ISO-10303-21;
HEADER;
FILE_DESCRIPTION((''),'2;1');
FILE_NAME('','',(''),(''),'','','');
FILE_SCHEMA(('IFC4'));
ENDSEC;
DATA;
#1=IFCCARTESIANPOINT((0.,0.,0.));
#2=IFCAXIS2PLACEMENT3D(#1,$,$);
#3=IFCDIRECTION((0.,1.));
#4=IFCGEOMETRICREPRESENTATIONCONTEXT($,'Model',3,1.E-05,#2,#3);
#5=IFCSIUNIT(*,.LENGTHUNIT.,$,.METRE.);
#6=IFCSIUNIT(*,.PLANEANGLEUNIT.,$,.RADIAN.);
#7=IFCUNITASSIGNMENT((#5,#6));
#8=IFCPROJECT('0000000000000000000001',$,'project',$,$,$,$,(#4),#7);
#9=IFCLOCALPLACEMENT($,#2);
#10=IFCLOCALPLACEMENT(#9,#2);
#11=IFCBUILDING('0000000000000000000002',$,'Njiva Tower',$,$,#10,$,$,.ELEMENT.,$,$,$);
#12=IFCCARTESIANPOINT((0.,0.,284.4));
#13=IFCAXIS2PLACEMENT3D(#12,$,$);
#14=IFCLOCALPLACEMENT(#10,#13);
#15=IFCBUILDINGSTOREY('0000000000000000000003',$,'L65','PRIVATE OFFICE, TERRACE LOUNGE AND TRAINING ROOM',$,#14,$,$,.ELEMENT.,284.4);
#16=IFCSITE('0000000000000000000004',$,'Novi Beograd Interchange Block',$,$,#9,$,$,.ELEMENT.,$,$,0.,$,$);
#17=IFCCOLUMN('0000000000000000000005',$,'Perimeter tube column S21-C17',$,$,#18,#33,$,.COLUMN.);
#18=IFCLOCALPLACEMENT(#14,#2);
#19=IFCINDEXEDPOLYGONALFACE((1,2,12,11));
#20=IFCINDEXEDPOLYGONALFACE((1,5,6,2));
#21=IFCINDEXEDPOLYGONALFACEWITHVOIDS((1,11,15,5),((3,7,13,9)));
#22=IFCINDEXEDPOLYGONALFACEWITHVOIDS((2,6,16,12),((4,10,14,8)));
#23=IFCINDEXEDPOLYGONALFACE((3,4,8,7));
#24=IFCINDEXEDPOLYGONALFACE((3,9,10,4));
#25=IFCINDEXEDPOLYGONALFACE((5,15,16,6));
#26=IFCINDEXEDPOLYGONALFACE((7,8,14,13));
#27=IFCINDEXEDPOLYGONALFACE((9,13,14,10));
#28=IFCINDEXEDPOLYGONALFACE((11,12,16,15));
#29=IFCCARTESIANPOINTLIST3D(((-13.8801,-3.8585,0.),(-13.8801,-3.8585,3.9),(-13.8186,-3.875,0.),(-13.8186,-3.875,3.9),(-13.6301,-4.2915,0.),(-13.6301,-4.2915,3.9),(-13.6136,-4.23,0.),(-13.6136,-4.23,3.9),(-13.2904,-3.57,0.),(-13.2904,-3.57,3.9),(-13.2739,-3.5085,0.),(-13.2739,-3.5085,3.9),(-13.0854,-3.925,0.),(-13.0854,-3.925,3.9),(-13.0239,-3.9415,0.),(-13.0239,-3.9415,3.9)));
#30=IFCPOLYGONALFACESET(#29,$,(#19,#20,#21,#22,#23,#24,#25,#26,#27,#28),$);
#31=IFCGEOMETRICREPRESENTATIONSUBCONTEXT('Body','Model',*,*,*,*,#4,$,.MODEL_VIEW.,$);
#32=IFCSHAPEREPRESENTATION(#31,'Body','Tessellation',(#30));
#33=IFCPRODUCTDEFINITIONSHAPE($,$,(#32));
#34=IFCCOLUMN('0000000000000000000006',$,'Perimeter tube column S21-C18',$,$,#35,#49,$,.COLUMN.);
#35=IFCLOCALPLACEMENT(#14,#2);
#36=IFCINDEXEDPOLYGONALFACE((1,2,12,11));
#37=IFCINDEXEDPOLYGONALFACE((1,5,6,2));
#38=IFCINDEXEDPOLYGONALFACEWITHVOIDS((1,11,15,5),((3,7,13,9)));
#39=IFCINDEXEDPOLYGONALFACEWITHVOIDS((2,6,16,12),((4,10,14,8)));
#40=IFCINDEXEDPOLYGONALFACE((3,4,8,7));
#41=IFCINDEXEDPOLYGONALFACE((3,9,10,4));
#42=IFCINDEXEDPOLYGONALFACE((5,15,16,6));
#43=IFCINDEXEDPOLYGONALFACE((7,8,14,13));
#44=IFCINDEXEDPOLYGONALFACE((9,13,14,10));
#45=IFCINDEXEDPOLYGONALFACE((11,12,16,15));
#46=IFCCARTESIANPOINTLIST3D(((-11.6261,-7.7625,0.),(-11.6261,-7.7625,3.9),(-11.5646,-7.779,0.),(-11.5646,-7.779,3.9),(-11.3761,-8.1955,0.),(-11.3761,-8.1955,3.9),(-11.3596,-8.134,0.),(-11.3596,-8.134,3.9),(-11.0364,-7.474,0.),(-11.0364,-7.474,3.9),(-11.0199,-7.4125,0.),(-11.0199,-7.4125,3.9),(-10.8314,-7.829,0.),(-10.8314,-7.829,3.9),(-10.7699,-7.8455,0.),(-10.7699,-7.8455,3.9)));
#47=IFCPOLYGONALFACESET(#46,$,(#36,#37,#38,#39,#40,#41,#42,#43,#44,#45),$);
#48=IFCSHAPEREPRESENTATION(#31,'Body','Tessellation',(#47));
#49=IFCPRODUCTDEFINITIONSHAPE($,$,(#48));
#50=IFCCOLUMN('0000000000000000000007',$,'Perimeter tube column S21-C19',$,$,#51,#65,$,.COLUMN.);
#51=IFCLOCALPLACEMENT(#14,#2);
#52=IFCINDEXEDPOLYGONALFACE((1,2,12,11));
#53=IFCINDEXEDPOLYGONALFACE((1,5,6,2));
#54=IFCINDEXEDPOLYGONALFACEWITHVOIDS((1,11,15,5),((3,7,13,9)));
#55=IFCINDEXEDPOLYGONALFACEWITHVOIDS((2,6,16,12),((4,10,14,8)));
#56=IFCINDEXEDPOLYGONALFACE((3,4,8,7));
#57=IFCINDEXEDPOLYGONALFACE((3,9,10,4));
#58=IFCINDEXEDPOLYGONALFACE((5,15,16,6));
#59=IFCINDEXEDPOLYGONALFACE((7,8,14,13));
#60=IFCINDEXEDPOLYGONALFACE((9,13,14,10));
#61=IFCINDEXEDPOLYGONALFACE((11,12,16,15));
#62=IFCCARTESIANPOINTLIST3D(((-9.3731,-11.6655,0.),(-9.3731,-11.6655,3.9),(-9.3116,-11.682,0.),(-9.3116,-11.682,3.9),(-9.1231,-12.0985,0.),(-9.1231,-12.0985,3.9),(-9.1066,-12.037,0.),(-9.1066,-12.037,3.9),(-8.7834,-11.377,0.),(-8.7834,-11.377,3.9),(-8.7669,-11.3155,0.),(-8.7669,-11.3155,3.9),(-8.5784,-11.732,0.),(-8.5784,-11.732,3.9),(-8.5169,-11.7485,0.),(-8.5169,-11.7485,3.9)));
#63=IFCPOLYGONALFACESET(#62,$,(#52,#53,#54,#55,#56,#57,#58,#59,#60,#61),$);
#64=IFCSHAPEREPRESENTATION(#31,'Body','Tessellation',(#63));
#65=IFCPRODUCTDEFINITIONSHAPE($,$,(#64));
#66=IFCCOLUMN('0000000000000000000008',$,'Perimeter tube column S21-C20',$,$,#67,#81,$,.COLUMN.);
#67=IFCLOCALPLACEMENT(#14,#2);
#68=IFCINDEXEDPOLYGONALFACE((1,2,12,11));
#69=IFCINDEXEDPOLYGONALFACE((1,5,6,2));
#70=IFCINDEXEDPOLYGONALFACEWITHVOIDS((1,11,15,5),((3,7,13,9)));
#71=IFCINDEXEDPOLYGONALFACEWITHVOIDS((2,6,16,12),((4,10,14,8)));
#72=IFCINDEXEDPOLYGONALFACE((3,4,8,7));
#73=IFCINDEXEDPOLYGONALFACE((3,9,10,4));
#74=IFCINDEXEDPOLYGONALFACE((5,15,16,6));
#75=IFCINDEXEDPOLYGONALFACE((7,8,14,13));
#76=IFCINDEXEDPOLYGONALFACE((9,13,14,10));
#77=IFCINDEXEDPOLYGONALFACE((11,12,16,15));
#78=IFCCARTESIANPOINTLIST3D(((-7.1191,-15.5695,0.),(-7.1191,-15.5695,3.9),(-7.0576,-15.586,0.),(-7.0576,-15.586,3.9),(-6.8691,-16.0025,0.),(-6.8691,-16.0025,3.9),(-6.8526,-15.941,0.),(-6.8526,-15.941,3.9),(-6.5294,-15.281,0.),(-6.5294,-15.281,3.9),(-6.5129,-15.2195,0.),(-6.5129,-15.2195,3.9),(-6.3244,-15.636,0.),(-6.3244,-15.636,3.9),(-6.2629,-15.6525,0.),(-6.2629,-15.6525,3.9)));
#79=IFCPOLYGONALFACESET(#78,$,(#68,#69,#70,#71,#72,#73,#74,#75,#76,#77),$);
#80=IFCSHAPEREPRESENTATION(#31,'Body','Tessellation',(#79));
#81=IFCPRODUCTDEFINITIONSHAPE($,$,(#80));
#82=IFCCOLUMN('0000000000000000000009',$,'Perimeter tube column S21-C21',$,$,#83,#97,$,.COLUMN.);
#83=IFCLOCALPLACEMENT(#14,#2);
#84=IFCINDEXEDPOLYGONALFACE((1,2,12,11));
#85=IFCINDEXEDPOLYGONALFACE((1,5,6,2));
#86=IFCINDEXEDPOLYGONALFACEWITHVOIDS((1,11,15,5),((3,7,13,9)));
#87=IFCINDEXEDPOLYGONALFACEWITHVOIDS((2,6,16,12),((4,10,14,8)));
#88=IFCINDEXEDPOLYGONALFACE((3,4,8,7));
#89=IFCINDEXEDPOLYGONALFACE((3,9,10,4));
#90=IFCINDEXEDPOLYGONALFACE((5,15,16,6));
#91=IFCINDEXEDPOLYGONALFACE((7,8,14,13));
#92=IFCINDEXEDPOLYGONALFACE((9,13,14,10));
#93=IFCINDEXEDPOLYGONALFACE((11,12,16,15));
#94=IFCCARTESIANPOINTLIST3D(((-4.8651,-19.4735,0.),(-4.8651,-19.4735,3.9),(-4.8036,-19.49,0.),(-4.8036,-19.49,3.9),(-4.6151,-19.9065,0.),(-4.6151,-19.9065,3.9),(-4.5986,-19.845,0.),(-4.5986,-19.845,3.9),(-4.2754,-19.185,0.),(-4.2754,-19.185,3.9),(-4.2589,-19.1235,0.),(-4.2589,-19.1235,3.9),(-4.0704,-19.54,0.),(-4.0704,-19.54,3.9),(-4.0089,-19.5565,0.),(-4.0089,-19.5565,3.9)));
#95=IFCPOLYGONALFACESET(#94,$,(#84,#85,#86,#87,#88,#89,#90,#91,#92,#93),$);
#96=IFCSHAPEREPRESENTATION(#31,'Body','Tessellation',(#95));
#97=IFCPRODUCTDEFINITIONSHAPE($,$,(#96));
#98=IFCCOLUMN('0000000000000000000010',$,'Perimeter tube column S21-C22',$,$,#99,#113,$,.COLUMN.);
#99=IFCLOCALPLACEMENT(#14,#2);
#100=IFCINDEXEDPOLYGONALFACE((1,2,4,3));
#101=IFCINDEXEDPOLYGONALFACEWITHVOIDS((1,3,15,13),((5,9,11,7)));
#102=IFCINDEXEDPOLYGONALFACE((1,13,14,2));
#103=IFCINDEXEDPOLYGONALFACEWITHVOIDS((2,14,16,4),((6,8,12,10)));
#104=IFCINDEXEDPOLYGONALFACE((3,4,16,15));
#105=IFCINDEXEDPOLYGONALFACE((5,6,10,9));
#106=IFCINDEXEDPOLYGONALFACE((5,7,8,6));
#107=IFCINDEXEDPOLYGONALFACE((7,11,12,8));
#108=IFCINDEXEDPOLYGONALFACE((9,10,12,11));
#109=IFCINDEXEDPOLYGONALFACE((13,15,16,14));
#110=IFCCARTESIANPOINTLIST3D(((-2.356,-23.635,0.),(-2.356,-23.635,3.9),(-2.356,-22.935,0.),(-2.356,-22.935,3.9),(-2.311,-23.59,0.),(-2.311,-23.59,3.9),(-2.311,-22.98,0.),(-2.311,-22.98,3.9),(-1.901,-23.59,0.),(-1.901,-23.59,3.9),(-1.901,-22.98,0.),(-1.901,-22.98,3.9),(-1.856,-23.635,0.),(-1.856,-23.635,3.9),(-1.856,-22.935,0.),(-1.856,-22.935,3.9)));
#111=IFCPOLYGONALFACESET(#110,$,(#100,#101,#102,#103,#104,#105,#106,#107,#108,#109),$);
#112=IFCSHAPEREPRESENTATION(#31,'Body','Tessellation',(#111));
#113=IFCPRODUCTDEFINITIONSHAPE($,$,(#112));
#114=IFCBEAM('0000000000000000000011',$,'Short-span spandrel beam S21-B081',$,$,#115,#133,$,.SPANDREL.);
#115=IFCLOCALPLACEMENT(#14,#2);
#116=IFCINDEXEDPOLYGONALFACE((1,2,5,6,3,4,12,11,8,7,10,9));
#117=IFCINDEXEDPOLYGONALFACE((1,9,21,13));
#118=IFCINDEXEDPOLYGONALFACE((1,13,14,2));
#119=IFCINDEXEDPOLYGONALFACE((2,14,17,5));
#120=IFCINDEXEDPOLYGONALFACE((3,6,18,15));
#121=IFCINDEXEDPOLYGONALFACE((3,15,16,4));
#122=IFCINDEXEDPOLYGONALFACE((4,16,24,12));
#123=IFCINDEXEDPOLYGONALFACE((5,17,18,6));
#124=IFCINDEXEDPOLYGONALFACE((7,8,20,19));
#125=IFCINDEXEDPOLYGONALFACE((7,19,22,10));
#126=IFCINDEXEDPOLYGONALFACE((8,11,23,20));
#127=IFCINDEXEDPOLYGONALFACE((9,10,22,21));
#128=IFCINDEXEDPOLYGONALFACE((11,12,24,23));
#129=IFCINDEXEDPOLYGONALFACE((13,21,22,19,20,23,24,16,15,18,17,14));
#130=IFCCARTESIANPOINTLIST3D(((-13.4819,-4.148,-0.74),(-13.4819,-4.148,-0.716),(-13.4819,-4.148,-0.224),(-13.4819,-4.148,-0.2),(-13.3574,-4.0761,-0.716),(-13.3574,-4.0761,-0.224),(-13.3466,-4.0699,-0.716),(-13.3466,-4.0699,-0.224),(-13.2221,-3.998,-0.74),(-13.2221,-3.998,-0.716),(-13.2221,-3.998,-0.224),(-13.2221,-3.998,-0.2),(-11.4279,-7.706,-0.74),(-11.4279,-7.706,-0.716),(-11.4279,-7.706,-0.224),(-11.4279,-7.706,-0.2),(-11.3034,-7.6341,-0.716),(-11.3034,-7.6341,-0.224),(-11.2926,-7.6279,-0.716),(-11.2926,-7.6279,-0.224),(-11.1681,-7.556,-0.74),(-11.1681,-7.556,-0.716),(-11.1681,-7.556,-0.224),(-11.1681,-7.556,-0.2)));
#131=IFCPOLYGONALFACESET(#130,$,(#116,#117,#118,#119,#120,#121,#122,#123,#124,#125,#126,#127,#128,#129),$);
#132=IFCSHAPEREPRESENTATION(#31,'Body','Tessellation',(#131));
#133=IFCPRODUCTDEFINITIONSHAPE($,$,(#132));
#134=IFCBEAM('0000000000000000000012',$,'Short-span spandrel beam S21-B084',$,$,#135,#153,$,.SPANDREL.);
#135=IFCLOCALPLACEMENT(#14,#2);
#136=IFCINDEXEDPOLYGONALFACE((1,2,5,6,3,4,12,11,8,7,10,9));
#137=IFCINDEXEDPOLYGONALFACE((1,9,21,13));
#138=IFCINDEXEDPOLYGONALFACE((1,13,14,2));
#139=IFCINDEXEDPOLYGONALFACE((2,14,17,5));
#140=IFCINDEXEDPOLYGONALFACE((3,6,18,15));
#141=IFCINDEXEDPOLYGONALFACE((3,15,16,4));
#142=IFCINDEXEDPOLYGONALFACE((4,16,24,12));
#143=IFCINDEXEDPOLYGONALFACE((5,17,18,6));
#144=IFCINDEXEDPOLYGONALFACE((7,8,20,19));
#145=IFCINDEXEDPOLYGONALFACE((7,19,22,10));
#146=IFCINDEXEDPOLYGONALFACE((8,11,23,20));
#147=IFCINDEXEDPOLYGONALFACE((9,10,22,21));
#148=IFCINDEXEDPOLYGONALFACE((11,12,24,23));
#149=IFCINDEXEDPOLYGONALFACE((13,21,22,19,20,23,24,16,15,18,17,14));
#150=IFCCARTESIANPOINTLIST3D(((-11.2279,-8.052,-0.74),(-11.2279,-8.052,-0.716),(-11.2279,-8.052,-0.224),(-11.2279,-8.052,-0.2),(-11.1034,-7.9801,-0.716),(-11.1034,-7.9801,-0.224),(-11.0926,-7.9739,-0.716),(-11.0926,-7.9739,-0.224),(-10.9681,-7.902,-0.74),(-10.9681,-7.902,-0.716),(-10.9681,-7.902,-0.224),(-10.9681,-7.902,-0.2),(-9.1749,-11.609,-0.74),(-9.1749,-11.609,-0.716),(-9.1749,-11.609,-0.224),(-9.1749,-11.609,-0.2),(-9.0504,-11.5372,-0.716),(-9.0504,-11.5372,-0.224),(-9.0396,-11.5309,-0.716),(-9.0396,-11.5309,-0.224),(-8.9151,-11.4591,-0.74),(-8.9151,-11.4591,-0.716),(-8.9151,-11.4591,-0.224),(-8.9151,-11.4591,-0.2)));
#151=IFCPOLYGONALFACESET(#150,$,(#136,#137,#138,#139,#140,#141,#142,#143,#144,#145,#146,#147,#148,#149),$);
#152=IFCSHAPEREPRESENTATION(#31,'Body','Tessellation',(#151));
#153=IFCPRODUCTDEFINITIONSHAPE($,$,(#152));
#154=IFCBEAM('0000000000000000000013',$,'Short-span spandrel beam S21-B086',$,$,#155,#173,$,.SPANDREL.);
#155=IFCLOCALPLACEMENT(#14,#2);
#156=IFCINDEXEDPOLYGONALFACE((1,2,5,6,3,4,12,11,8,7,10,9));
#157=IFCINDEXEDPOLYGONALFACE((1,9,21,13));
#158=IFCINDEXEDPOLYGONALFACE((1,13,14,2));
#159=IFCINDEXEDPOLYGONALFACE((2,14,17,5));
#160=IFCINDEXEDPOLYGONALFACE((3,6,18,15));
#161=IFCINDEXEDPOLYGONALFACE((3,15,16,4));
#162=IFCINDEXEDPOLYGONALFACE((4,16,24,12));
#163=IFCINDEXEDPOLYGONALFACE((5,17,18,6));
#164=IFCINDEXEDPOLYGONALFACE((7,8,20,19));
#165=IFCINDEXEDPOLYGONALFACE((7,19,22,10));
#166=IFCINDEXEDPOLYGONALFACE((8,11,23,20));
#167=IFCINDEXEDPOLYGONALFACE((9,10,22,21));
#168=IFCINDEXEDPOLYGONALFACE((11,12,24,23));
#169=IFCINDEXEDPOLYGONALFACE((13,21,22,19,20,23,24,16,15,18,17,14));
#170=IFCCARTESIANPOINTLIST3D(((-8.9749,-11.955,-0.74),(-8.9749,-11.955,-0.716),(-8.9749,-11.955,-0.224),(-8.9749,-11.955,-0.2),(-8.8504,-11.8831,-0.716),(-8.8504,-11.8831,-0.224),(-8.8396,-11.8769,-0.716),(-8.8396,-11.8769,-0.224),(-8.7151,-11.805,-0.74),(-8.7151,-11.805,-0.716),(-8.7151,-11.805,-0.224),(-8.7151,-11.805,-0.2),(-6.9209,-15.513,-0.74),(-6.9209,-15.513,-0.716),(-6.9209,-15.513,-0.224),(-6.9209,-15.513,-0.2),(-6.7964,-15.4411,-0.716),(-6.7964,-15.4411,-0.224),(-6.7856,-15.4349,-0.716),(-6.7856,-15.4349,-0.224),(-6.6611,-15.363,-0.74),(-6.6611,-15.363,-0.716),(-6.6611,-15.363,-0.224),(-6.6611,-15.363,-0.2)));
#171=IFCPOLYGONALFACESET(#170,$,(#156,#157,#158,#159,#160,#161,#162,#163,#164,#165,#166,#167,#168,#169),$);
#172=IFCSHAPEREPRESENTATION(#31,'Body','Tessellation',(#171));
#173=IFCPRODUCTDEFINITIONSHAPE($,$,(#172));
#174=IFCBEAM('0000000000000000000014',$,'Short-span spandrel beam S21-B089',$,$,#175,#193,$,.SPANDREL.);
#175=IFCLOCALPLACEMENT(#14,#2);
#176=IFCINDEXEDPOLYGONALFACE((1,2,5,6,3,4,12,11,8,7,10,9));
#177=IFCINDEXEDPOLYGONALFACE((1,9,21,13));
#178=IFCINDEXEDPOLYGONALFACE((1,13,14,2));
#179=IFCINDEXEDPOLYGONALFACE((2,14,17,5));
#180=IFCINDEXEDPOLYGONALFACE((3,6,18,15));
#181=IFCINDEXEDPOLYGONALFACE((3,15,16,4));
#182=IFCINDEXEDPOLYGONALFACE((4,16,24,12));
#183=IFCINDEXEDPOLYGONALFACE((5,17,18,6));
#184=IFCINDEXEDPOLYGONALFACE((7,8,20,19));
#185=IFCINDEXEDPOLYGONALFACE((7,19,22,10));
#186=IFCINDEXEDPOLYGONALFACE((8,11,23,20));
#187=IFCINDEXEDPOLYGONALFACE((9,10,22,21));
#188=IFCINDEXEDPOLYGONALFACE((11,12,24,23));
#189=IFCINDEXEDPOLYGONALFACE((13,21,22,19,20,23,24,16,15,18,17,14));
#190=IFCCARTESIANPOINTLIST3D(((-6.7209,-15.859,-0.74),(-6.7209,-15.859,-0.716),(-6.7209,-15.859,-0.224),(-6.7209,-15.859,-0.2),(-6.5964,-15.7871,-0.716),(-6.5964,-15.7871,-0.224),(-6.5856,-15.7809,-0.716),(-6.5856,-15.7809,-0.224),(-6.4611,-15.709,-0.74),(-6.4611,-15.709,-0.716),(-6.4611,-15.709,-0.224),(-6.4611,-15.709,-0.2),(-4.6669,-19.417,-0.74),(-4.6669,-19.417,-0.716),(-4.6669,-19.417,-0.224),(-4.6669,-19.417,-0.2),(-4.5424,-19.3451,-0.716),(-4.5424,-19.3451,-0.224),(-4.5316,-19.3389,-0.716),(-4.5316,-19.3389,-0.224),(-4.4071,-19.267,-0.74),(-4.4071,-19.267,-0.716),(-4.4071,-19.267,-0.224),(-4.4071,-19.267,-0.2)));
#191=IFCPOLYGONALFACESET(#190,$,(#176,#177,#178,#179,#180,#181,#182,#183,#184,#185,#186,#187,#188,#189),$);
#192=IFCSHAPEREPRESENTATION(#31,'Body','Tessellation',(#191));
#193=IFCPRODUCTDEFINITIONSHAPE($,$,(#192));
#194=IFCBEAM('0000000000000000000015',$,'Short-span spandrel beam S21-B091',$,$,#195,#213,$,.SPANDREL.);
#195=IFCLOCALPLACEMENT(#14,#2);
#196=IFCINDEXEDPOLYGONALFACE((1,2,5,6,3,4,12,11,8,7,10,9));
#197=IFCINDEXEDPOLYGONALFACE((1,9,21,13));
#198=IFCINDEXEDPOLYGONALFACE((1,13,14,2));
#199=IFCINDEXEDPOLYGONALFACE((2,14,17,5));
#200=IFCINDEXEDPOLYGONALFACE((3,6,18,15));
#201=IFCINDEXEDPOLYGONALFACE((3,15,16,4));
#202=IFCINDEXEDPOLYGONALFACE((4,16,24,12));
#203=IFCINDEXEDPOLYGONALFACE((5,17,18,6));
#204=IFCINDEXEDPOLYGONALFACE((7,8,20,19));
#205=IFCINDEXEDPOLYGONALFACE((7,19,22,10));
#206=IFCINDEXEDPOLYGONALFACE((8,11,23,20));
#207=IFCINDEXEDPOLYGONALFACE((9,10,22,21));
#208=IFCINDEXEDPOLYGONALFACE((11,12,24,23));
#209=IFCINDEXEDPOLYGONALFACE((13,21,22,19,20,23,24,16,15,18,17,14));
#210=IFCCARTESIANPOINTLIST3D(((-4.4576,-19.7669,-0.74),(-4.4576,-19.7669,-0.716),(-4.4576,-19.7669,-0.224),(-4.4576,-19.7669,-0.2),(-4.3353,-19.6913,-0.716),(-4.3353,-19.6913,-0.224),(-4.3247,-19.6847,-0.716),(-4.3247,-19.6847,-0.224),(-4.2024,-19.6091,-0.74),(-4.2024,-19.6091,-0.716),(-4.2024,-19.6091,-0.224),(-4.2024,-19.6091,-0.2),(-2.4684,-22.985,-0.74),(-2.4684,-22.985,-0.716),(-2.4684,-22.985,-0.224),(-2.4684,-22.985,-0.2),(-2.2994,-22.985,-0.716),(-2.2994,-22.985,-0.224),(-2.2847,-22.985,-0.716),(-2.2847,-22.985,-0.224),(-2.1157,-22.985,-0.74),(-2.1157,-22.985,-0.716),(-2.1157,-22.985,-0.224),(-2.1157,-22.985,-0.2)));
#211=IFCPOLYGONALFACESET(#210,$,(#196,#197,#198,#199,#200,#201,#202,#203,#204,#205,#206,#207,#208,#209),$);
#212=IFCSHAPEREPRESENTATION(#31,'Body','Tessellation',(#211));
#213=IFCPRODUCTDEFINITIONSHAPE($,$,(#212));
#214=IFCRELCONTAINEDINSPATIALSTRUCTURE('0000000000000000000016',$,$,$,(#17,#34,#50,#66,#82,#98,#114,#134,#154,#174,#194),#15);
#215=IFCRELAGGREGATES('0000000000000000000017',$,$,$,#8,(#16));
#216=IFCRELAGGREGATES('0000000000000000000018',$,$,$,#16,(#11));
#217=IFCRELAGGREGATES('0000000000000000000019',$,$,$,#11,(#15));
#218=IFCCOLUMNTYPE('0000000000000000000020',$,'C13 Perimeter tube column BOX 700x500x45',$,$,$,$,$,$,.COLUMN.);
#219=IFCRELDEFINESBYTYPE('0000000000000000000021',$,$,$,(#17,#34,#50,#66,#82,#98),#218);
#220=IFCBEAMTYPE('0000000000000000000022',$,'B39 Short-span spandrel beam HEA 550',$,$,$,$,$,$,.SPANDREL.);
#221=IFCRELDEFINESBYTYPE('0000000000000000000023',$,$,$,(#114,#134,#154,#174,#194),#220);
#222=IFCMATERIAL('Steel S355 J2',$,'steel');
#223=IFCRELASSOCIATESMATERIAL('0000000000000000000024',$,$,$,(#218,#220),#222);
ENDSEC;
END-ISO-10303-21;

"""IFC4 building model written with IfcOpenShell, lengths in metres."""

from ifc_helpers import new_model, si_unit, direction, frame, origin, origin_2d, place, context, subcontext, project, spatial, hollow_rectangle, i_section, extrude, clip, halfspace, material, material_profile, profile_set, type_object, element, save


model = new_model("IFC4")

# Units and contexts
model_context = context("Model", 3, precision=1e-05, world=origin(), true_north=direction((0.0, 1.0)))
body_context = subcontext(model_context, "Body", "Model", "MODEL_VIEW")
ifc_project = project(units=[si_unit("LENGTHUNIT", "METRE"), si_unit("PLANEANGLEUNIT", "RADIAN")], contexts=[model_context])

# Site, building, storey
site_placement = place(None, origin())
site = spatial("IfcSite", under=ifc_project, at=site_placement, Name="Novi Beograd Interchange Block", CompositionType="ELEMENT", RefElevation=0.0)
building_placement = place(site_placement, origin())
building = spatial("IfcBuilding", under=site, at=building_placement, Name="Njiva Tower", CompositionType="ELEMENT")
storey_placement = place(building_placement, frame((0.0, 0.0, 284.4)))
storey = spatial("IfcBuildingStorey", under=building, at=storey_placement, Name="L65", Description="PRIVATE OFFICE, TERRACE LOUNGE AND TRAINING ROOM", CompositionType="ELEMENT", Elevation=284.4)

# Columns
ifc_material_1 = material(Name="Steel S355 J2", Category="steel")
ifc_material_profile_1 = material_profile(ifc_material_1, hollow_rectangle(XDim=0.5, YDim=0.7, WallThickness=0.045, at=origin_2d()), Name="BOX 700x500x45")
ifc_profile_set_1 = profile_set([ifc_material_profile_1], Name="Steel S355 J2")
column_type = type_object("IfcColumnType", Name="C13 Perimeter tube column BOX 700x500x45", PredefinedType="COLUMN", material=ifc_profile_set_1)
for number, where, z_axis, x_axis, name in (
    (1, (-13.452, -3.9, 0.0), (0.0, 0.0, 1.0), (0.5, -0.866025, 0.0), "Perimeter tube column S21-C17"),
    (2, (-11.198, -7.804, 0.0), (0.0, 0.0, 1.0), (0.5, -0.866025, 0.0), "Perimeter tube column S21-C18"),
    (3, (-8.945, -11.707, 0.0), (0.0, 0.0, 1.0), (0.5, -0.866025, 0.0), "Perimeter tube column S21-C19"),
    (4, (-6.691, -15.611, 0.0), (0.0, 0.0, 1.0), (0.5, -0.866025, 0.0), "Perimeter tube column S21-C20"),
    (5, (-4.437, -19.515, 0.0), (0.0, 0.0, 1.0), (0.5, -0.866025, 0.0), "Perimeter tube column S21-C21"),
    (6, (-2.106, -23.285, 0.0), (0.0, 0.0, 1.0), (1.0, 0.0, 0.0), "Perimeter tube column S21-C22"),
):
    element("IfcColumn", number, at=place(storey_placement, frame(where, z_axis=z_axis, x_axis=x_axis)), inside=storey, type_object=column_type, Name=name, PredefinedType="COLUMN", context=body_context, shape_type="SweptSolid", body=[
        extrude(hollow_rectangle(XDim=0.5, YDim=0.7, WallThickness=0.045, at=origin_2d()), origin(), (0.0, 0.0, 1.0), 3.9),
    ])

# Beams
ifc_material_profile_2 = material_profile(ifc_material_1, i_section(OverallWidth=0.3, OverallDepth=0.54, WebThickness=0.0125, FlangeThickness=0.024, at=origin_2d()), Name="HEA 550")
ifc_profile_set_2 = profile_set([ifc_material_profile_2], Name="Steel S355 J2")
beam_type_1 = type_object("IfcBeamType", Name="B39 Short-span spandrel beam HEA 550", PredefinedType="SPANDREL", material=ifc_profile_set_2)
beam_1_placement = place(storey_placement, frame((-13.352, -4.073, -0.47), z_axis=(0.499961, -0.866048, 0.0), x_axis=(0.866048, 0.499961, 0.0)))
element("IfcBeam", 7, at=beam_1_placement, inside=storey, type_object=beam_type_1, Name="Short-span spandrel beam S21-B081", PredefinedType="SPANDREL", context=body_context, shape_type="SweptSolid", body=[
    extrude(i_section(OverallWidth=0.3, OverallDepth=0.54, WebThickness=0.0125, FlangeThickness=0.024, at=origin_2d()), origin(), (0.0, 0.0, 1.0), 4.1083),
])
beam_2_placement = place(storey_placement, frame((-11.098, -7.977, -0.47), z_axis=(0.499884, -0.866092, 0.0), x_axis=(0.866092, 0.499884, 0.0)))
element("IfcBeam", 8, at=beam_2_placement, inside=storey, type_object=beam_type_1, Name="Short-span spandrel beam S21-B084", PredefinedType="SPANDREL", context=body_context, shape_type="SweptSolid", body=[
    extrude(i_section(OverallWidth=0.3, OverallDepth=0.54, WebThickness=0.0125, FlangeThickness=0.024, at=origin_2d()), origin(), (0.0, 0.0, 1.0), 4.107),
])
for number, where, z_axis, x_axis, name in (
    (9, (-8.845, -11.88, -0.47), (0.499961, -0.866048, 0.0), (0.866048, 0.499961, 0.0), "Short-span spandrel beam S21-B086"),
    (10, (-6.591, -15.784, -0.47), (0.499961, -0.866048, 0.0), (0.866048, 0.499961, 0.0), "Short-span spandrel beam S21-B089"),
):
    element("IfcBeam", number, at=place(storey_placement, frame(where, z_axis=z_axis, x_axis=x_axis)), inside=storey, type_object=beam_type_1, Name=name, PredefinedType="SPANDREL", context=body_context, shape_type="SweptSolid", body=[
        extrude(i_section(OverallWidth=0.3, OverallDepth=0.54, WebThickness=0.0125, FlangeThickness=0.024, at=origin_2d()), origin(), (0.0, 0.0, 1.0), 4.1083),
    ])
beam_3_placement = place(storey_placement, frame((-4.33, -19.688, -0.47), z_axis=(0.525795, -0.850611, 0.0), x_axis=(0.850611, 0.525795, 0.0)))
element("IfcBeam", 11, at=beam_3_placement, inside=storey, type_object=beam_type_1, Name="Short-span spandrel beam S21-B091", PredefinedType="SPANDREL", context=body_context, shape_type="Clipping", body=[
    clip(extrude(i_section(OverallWidth=0.3, OverallDepth=0.54, WebThickness=0.0125, FlangeThickness=0.024, at=origin_2d()), origin(), (0.0, 0.0, 1.0), 3.989), halfspace(frame((-0.0262, 0.0, 3.8598), z_axis=(-0.525795, 0.0, 0.850611), x_axis=(0.0, 1.0, 0.0)), False)),
])

save(model, "model.ifc")
